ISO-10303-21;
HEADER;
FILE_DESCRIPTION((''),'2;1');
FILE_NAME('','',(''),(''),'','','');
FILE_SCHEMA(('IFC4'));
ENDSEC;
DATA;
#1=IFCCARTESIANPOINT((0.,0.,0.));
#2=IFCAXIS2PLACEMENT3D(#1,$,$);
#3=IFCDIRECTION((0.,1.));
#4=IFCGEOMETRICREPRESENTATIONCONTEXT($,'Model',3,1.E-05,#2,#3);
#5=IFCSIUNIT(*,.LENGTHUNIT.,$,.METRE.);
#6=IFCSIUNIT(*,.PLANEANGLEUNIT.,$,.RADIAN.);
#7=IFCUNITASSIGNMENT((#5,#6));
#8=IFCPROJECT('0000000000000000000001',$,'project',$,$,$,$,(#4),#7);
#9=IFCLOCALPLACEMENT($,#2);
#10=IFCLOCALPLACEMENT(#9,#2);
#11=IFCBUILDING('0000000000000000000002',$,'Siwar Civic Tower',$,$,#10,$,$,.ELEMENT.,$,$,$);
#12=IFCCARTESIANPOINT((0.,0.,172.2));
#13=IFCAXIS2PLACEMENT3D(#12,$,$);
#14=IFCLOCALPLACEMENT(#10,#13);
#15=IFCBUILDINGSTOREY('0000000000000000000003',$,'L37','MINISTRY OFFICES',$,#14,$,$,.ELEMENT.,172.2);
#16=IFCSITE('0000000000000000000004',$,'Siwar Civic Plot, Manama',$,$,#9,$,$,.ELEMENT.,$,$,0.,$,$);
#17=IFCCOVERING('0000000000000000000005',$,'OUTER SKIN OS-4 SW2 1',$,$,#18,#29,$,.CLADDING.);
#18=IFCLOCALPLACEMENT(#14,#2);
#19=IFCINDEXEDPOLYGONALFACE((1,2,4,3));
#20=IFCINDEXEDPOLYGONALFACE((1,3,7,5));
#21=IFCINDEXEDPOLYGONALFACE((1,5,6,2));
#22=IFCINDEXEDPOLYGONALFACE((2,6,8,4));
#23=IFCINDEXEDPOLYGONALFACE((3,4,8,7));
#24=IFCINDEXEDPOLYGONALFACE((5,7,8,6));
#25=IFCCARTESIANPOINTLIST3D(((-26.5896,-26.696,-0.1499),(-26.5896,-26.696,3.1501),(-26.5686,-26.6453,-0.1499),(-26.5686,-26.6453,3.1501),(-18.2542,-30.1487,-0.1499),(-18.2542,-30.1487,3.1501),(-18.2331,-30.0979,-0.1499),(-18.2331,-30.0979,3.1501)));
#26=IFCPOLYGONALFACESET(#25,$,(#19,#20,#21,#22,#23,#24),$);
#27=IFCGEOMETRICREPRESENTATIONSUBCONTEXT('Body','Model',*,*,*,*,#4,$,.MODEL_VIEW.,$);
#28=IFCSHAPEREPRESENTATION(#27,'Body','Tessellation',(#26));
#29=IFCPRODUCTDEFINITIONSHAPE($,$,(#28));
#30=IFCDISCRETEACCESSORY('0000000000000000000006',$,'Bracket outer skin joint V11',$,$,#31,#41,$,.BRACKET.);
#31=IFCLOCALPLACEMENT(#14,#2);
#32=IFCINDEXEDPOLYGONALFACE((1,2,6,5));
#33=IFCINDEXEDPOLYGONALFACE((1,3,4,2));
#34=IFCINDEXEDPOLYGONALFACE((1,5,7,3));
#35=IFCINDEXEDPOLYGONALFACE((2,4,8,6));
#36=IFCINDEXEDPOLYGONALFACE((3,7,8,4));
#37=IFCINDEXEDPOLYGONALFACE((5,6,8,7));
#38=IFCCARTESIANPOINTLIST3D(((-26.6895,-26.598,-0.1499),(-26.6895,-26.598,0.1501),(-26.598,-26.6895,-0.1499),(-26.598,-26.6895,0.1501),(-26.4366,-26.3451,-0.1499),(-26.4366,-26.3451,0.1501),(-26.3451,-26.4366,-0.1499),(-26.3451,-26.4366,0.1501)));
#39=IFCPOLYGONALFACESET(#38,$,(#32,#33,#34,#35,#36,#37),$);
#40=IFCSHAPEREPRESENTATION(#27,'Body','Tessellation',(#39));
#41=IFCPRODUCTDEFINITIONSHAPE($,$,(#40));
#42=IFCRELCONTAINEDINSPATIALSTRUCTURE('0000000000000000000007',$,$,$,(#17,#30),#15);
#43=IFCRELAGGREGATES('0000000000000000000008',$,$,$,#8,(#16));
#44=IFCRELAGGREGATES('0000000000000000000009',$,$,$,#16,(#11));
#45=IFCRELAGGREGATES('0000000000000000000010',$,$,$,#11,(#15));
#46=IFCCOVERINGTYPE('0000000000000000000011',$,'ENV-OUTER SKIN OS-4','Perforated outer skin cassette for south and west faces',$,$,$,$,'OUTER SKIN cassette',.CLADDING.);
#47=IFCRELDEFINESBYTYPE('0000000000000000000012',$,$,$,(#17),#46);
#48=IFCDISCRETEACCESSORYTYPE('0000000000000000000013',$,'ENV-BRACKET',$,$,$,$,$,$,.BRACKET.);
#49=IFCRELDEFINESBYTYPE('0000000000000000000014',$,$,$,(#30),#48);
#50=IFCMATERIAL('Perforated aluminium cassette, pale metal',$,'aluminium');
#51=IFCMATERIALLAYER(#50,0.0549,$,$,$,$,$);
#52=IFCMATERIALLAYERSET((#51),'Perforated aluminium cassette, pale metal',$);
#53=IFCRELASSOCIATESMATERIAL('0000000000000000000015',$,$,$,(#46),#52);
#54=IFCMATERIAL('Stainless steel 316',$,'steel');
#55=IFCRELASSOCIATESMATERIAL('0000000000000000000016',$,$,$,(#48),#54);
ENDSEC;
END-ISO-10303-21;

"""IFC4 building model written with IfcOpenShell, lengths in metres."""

from ifc_helpers import new_model, si_unit, direction, frame, origin, origin_2d, place, context, subcontext, project, spatial, rectangle, extrude, material, layer, layer_set, type_object, element, save


model = new_model("IFC4")

# Units and contexts
model_context = context("Model", 3, precision=1e-05, world=origin(), true_north=direction((0.0, 1.0)))
body_context = subcontext(model_context, "Body", "Model", "MODEL_VIEW")
ifc_project = project(units=[si_unit("LENGTHUNIT", "METRE"), si_unit("PLANEANGLEUNIT", "RADIAN")], contexts=[model_context])

# Site, building, storey
site_placement = place(None, origin())
site = spatial("IfcSite", under=ifc_project, at=site_placement, Name="Siwar Civic Plot, Manama", CompositionType="ELEMENT", RefElevation=0.0)
building_placement = place(site_placement, origin())
building = spatial("IfcBuilding", under=site, at=building_placement, Name="Siwar Civic Tower", CompositionType="ELEMENT")
storey_placement = place(building_placement, frame((0.0, 0.0, 172.2)))
storey = spatial("IfcBuildingStorey", under=building, at=storey_placement, Name="L37", Description="MINISTRY OFFICES", CompositionType="ELEMENT", Elevation=172.2)

# Covering
ifc_material_1 = material(Name="Perforated aluminium cassette, pale metal", Category="aluminium")
ifc_layer_1 = layer(ifc_material_1, 0.0549)
ifc_layer_set_1 = layer_set([ifc_layer_1], Name="Perforated aluminium cassette, pale metal")
covering_type = type_object("IfcCoveringType", Name="ENV-OUTER SKIN OS-4", Description="Perforated outer skin cassette for south and west faces", ElementType="OUTER SKIN cassette", PredefinedType="CLADDING", material=ifc_layer_set_1)
for number, where, z_axis, x_axis, name in (
    (1, (-22.4114, -28.397, -0.1499), (0.0, 0.0, 1.0), (0.92388, -0.382683, 0.0), "OUTER SKIN OS-4 SW2 1"),
):
    element("IfcCovering", number, at=place(storey_placement, frame(where, z_axis=z_axis, x_axis=x_axis)), inside=storey, type_object=covering_type, Name=name, PredefinedType="CLADDING", context=body_context, shape_type="SweptSolid", body=[
        extrude(rectangle(XDim=9.0222, YDim=0.0549, at=origin_2d()), origin(), (0.0, 0.0, 1.0), 3.3),
    ])

# Discrete accessory
ifc_material_2 = material(Name="Stainless steel 316", Category="steel")
discrete_accessory_type = type_object("IfcDiscreteAccessoryType", Name="ENV-BRACKET", PredefinedType="BRACKET", material=ifc_material_2)
discrete_accessory_placement = place(storey_placement, frame((-26.5173, -26.5173, -0.1499), z_axis=(0.0, 0.0, 1.0), x_axis=(-0.707107, -0.707107, 0.0)))
element("IfcDiscreteAccessory", 2, at=discrete_accessory_placement, inside=storey, type_object=discrete_accessory_type, Name="Bracket outer skin joint V11", PredefinedType="BRACKET", context=body_context, shape_type="SweptSolid", body=[
    extrude(rectangle(XDim=0.3577, YDim=0.1294, at=origin_2d()), origin(), (0.0, 0.0, 1.0), 0.3),
])

save(model, "model.ifc")
